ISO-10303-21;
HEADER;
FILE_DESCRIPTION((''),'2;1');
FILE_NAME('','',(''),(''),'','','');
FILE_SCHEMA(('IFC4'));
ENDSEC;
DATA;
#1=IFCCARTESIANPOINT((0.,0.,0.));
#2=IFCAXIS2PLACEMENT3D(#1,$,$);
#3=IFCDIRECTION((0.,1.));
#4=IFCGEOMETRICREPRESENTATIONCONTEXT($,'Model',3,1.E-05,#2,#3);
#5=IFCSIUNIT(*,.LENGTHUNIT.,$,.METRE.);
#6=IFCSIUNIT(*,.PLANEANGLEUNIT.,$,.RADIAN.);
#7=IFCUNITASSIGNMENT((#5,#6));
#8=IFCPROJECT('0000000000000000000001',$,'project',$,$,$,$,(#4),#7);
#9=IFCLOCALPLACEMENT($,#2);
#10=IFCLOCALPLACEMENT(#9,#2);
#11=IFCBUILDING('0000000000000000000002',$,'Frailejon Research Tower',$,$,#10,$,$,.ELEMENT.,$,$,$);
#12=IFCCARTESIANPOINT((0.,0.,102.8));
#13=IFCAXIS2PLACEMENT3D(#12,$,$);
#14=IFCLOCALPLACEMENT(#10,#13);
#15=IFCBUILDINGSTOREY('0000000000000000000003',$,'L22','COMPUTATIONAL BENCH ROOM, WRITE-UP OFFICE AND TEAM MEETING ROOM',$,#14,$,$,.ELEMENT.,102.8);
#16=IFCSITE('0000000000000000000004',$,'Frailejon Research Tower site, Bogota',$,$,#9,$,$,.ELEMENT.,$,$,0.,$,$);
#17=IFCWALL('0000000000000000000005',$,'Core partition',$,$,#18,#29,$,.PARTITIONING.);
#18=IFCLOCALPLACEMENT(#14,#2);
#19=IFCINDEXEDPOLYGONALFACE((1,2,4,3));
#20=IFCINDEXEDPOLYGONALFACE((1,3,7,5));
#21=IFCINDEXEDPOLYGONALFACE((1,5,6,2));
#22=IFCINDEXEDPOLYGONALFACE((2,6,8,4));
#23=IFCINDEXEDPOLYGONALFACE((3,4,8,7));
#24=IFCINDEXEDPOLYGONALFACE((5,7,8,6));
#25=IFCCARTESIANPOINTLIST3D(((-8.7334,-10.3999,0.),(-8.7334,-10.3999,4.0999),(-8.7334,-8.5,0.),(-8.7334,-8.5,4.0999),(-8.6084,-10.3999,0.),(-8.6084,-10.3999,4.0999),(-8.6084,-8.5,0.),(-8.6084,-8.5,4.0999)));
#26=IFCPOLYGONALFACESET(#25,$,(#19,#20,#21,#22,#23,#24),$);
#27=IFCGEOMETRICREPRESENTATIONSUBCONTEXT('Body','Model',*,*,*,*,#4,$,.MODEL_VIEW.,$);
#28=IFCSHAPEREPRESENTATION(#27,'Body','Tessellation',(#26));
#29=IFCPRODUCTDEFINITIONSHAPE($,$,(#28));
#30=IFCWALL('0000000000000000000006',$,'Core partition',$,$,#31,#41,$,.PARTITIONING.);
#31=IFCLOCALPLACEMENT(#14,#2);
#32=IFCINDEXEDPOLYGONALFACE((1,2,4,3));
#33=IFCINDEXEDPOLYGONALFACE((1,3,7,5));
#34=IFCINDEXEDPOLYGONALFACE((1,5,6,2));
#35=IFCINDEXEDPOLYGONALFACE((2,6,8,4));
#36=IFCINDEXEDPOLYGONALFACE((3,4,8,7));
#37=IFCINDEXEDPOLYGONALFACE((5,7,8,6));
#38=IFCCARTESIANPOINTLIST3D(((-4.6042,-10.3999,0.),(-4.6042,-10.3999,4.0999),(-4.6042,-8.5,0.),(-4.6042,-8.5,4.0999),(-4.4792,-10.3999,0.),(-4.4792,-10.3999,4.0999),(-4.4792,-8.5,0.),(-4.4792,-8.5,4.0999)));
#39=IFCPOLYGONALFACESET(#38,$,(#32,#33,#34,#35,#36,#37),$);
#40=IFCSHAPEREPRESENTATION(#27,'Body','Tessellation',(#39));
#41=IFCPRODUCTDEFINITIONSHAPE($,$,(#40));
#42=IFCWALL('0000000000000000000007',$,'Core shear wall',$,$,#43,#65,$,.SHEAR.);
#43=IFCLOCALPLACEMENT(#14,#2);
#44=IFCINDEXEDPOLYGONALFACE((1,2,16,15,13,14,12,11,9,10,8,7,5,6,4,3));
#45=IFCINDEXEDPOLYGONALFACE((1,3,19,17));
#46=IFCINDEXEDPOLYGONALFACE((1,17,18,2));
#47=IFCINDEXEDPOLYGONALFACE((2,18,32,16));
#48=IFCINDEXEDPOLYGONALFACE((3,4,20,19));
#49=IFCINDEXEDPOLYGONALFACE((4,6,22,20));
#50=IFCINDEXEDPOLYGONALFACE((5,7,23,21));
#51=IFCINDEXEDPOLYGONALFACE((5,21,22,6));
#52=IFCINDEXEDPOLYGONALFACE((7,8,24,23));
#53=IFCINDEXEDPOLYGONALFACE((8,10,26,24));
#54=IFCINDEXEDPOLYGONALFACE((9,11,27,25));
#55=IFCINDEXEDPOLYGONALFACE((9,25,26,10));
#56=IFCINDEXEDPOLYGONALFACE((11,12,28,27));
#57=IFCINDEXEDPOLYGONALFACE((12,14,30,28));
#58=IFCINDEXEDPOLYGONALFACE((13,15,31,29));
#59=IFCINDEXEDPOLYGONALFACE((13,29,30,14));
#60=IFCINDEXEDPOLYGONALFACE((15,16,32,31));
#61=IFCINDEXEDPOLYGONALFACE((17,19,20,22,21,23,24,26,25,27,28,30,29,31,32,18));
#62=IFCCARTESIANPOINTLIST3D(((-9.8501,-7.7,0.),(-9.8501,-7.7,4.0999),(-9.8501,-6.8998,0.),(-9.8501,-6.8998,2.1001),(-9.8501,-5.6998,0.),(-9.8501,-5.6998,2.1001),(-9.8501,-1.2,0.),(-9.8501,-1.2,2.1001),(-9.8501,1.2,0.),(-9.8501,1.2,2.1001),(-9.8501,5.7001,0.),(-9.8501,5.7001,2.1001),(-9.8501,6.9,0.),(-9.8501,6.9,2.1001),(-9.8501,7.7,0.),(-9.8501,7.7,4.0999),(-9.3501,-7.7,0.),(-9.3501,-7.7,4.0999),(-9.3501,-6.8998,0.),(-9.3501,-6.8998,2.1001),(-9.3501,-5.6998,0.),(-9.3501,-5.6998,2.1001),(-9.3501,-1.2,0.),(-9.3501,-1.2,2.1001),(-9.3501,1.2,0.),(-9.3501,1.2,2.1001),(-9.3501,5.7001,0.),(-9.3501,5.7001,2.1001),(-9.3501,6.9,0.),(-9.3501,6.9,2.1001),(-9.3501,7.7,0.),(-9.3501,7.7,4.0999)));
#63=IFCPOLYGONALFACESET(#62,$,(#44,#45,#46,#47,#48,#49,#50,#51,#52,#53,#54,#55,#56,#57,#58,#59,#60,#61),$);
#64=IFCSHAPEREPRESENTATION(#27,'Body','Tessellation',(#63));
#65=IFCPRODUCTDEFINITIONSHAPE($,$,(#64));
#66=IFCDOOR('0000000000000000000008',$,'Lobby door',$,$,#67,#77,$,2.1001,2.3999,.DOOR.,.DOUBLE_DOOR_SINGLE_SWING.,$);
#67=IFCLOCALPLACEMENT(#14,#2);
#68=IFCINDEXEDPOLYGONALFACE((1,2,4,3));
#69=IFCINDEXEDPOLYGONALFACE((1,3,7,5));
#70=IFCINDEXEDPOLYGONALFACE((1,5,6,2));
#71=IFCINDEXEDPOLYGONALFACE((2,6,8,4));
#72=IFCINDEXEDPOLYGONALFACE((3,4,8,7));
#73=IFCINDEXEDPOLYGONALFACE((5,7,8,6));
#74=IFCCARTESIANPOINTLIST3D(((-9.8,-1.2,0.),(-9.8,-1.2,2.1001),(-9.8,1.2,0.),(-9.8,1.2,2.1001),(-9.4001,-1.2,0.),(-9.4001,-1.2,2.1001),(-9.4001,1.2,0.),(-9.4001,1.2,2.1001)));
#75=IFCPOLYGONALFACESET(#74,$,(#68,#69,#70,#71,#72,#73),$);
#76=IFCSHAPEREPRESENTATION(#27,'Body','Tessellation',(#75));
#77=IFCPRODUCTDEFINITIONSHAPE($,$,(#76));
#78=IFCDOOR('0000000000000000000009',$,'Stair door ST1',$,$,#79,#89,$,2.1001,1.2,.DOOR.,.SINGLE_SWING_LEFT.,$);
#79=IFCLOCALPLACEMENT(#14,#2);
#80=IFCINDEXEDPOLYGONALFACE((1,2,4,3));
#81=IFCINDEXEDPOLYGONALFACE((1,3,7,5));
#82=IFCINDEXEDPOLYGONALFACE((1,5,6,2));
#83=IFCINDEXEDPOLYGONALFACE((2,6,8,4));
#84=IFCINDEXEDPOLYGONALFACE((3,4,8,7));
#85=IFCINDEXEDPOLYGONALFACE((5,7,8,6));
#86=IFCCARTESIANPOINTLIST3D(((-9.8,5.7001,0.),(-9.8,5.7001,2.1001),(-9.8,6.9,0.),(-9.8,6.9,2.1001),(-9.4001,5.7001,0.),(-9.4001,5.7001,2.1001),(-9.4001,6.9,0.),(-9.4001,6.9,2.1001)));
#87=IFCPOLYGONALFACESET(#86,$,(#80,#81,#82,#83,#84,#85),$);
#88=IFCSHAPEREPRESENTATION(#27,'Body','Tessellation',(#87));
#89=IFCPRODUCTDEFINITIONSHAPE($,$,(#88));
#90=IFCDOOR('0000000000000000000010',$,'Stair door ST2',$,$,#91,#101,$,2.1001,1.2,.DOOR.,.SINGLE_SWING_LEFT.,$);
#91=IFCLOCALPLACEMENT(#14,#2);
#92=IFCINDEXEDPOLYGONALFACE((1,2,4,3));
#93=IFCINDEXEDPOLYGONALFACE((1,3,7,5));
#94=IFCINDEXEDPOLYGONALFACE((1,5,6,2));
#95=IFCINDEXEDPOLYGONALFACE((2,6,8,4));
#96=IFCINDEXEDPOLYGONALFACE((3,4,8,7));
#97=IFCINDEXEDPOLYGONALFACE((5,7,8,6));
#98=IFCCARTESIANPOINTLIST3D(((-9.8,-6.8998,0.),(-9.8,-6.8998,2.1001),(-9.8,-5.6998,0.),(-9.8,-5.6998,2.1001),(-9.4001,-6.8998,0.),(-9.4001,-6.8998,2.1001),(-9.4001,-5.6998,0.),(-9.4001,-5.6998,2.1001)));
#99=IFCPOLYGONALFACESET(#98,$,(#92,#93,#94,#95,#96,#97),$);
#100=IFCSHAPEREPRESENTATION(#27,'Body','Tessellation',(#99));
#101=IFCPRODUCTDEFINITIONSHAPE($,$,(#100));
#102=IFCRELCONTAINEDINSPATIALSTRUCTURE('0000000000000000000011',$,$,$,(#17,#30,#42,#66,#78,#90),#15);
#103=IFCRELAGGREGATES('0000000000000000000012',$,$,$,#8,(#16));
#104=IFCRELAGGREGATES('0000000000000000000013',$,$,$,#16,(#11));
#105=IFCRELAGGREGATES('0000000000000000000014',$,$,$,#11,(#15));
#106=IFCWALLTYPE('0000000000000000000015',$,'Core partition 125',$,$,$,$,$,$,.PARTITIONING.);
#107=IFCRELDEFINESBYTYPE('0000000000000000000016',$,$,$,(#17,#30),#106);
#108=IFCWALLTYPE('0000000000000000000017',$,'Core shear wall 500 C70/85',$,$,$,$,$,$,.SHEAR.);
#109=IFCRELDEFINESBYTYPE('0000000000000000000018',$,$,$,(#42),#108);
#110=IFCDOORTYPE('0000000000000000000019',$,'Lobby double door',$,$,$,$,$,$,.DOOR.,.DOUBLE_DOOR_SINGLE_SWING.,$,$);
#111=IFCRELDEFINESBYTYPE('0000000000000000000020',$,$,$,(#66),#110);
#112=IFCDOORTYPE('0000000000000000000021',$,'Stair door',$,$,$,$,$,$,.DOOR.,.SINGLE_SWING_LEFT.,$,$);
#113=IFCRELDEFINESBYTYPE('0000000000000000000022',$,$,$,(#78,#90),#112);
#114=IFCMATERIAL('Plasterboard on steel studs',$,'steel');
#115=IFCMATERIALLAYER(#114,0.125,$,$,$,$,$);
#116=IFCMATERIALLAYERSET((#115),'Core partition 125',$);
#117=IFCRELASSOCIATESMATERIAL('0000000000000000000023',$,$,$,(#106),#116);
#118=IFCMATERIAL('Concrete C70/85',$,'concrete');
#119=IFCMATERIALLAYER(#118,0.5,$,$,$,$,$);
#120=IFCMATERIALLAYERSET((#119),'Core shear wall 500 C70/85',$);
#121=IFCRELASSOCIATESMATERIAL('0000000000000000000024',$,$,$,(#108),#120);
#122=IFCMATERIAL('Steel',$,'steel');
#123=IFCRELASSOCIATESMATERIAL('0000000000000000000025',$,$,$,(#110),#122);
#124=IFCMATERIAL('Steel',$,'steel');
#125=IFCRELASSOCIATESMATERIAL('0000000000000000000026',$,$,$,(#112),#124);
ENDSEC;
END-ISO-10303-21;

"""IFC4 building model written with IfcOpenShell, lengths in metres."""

from ifc_helpers import new_model, si_unit, direction, frame, frame_2d, origin, place, context, subcontext, project, spatial, rectangle, extrude, material, layer, layer_set, type_object, element, fill, save


model = new_model("IFC4")

# Units and contexts
model_context = context("Model", 3, precision=1e-05, world=origin(), true_north=direction((0.0, 1.0)))
body_context = subcontext(model_context, "Body", "Model", "MODEL_VIEW")
ifc_project = project(units=[si_unit("LENGTHUNIT", "METRE"), si_unit("PLANEANGLEUNIT", "RADIAN")], contexts=[model_context])

# Site, building, storey
site_placement = place(None, origin())
site = spatial("IfcSite", under=ifc_project, at=site_placement, Name="Frailejon Research Tower site, Bogota", CompositionType="ELEMENT", RefElevation=0.0)
building_placement = place(site_placement, origin())
building = spatial("IfcBuilding", under=site, at=building_placement, Name="Frailejon Research Tower", CompositionType="ELEMENT")
storey_placement = place(building_placement, frame((0.0, 0.0, 102.8)))
storey = spatial("IfcBuildingStorey", under=building, at=storey_placement, Name="L22", Description="COMPUTATIONAL BENCH ROOM, WRITE-UP OFFICE AND TEAM MEETING ROOM", CompositionType="ELEMENT", Elevation=102.8)

# Walls
ifc_material_1 = material(Name="Plasterboard on steel studs", Category="steel")
ifc_layer_1 = layer(ifc_material_1, 0.125)
ifc_layer_set_1 = layer_set([ifc_layer_1], Name="Core partition 125")
wall_type_1 = type_object("IfcWallType", Name="Core partition 125", PredefinedType="PARTITIONING", material=ifc_layer_set_1)
for number, where, z_axis, x_axis, name in (
    (1, (-8.6709, -10.3999, 0.0), (0.0, 0.0, 1.0), (0.0, 1.0, 0.0), "Core partition"),
    (2, (-4.5417, -10.3999, 0.0), (0.0, 0.0, 1.0), (0.0, 1.0, 0.0), "Core partition"),
):
    element("IfcWall", number, at=place(storey_placement, frame(where, z_axis=z_axis, x_axis=x_axis)), inside=storey, type_object=wall_type_1, Name=name, PredefinedType="PARTITIONING", context=body_context, shape_type="SweptSolid", body=[
        extrude(rectangle(XDim=1.8999, YDim=0.125, at=frame_2d((0.95, 0.0))), origin(), (0.0, 0.0, 1.0), 4.0999),
    ])

# Wall, openings, doors
ifc_material_2 = material(Name="Concrete C70/85", Category="concrete")
ifc_layer_2 = layer(ifc_material_2, 0.5)
ifc_layer_set_2 = layer_set([ifc_layer_2], Name="Core shear wall 500 C70/85")
wall_type_2 = type_object("IfcWallType", Name="Core shear wall 500 C70/85", PredefinedType="SHEAR", material=ifc_layer_set_2)
wall_1_placement = place(storey_placement, frame((-9.6001, -7.7, 0.0), z_axis=(0.0, 0.0, 1.0), x_axis=(0.0, 1.0, 0.0)))
wall_1 = element("IfcWall", 3, at=wall_1_placement, inside=storey, type_object=wall_type_2, Name="Core shear wall", PredefinedType="SHEAR", context=body_context, shape_type="SweptSolid", body=[
    extrude(rectangle(XDim=15.3999, YDim=0.5, at=frame_2d((7.7, 0.0))), origin(), (0.0, 0.0, 1.0), 4.0999),
])
opening_1_placement = place(wall_1_placement, frame((6.5, 0.0, 0.0)))
opening_1 = element("IfcOpeningElement", 4, at=opening_1_placement, cuts=wall_1, PredefinedType="OPENING", context=body_context, shape_type="SweptSolid", body=[
    extrude(rectangle(XDim=2.3999, YDim=2.1001, at=frame_2d((1.2, 1.05))), frame((0.0, 0.26, 0.0), z_axis=(0.0, -1.0, 0.0), x_axis=(1.0, 0.0, 0.0)), (0.0, 0.0, 1.0), 0.52),
])
opening_2_placement = place(wall_1_placement, frame((13.3999, 0.0, 0.0)))
opening_2 = element("IfcOpeningElement", 5, at=opening_2_placement, cuts=wall_1, PredefinedType="OPENING", context=body_context, shape_type="SweptSolid", body=[
    extrude(rectangle(XDim=1.2, YDim=2.1001, at=frame_2d((0.6001, 1.05))), frame((0.0, 0.26, 0.0), z_axis=(0.0, -1.0, 0.0), x_axis=(1.0, 0.0, 0.0)), (0.0, 0.0, 1.0), 0.52),
])
opening_3_placement = place(wall_1_placement, frame((0.8, 0.0, 0.0)))
opening_3 = element("IfcOpeningElement", 6, at=opening_3_placement, cuts=wall_1, PredefinedType="OPENING", context=body_context, shape_type="SweptSolid", body=[
    extrude(rectangle(XDim=1.2, YDim=2.1001, at=frame_2d((0.6001, 1.05))), frame((0.0, 0.26, 0.0), z_axis=(0.0, -1.0, 0.0), x_axis=(1.0, 0.0, 0.0)), (0.0, 0.0, 1.0), 0.52),
])
ifc_material_3 = material(Name="Steel", Category="steel")
door_type_1 = type_object("IfcDoorType", Name="Lobby double door", OperationType="DOUBLE_DOOR_SINGLE_SWING", PredefinedType="DOOR", material=ifc_material_3)
door_1_placement = place(opening_1_placement, origin())
door_1 = element("IfcDoor", 7, at=door_1_placement, inside=storey, type_object=door_type_1, Name="Lobby door", OperationType="DOUBLE_DOOR_SINGLE_SWING", OverallHeight=2.1001, OverallWidth=2.3999, PredefinedType="DOOR", context=body_context, shape_type="SweptSolid", body=[
    extrude(rectangle(XDim=2.3999, YDim=2.1001, at=frame_2d((1.2, 1.05))), frame((0.0, 0.2, 0.0), z_axis=(0.0, -1.0, 0.0), x_axis=(1.0, 0.0, 0.0)), (0.0, 0.0, 1.0), 0.3999),
])
fill(opening_1, door_1)
ifc_material_4 = material(Name="Steel", Category="steel")
door_type_2 = type_object("IfcDoorType", Name="Stair door", OperationType="SINGLE_SWING_LEFT", PredefinedType="DOOR", material=ifc_material_4)
door_2_placement = place(opening_2_placement, origin())
door_2 = element("IfcDoor", 8, at=door_2_placement, inside=storey, type_object=door_type_2, Name="Stair door ST1", OperationType="SINGLE_SWING_LEFT", OverallHeight=2.1001, OverallWidth=1.2, PredefinedType="DOOR", context=body_context, shape_type="SweptSolid", body=[
    extrude(rectangle(XDim=1.2, YDim=2.1001, at=frame_2d((0.6001, 1.05))), frame((0.0, 0.2, 0.0), z_axis=(0.0, -1.0, 0.0), x_axis=(1.0, 0.0, 0.0)), (0.0, 0.0, 1.0), 0.3999),
])
fill(opening_2, door_2)
door_3_placement = place(opening_3_placement, origin())
door_3 = element("IfcDoor", 9, at=door_3_placement, inside=storey, type_object=door_type_2, Name="Stair door ST2", OperationType="SINGLE_SWING_LEFT", OverallHeight=2.1001, OverallWidth=1.2, PredefinedType="DOOR", context=body_context, shape_type="SweptSolid", body=[
    extrude(rectangle(XDim=1.2, YDim=2.1001, at=frame_2d((0.6001, 1.05))), frame((0.0, 0.2, 0.0), z_axis=(0.0, -1.0, 0.0), x_axis=(1.0, 0.0, 0.0)), (0.0, 0.0, 1.0), 0.3999),
])
fill(opening_3, door_3)

save(model, "model.ifc")
